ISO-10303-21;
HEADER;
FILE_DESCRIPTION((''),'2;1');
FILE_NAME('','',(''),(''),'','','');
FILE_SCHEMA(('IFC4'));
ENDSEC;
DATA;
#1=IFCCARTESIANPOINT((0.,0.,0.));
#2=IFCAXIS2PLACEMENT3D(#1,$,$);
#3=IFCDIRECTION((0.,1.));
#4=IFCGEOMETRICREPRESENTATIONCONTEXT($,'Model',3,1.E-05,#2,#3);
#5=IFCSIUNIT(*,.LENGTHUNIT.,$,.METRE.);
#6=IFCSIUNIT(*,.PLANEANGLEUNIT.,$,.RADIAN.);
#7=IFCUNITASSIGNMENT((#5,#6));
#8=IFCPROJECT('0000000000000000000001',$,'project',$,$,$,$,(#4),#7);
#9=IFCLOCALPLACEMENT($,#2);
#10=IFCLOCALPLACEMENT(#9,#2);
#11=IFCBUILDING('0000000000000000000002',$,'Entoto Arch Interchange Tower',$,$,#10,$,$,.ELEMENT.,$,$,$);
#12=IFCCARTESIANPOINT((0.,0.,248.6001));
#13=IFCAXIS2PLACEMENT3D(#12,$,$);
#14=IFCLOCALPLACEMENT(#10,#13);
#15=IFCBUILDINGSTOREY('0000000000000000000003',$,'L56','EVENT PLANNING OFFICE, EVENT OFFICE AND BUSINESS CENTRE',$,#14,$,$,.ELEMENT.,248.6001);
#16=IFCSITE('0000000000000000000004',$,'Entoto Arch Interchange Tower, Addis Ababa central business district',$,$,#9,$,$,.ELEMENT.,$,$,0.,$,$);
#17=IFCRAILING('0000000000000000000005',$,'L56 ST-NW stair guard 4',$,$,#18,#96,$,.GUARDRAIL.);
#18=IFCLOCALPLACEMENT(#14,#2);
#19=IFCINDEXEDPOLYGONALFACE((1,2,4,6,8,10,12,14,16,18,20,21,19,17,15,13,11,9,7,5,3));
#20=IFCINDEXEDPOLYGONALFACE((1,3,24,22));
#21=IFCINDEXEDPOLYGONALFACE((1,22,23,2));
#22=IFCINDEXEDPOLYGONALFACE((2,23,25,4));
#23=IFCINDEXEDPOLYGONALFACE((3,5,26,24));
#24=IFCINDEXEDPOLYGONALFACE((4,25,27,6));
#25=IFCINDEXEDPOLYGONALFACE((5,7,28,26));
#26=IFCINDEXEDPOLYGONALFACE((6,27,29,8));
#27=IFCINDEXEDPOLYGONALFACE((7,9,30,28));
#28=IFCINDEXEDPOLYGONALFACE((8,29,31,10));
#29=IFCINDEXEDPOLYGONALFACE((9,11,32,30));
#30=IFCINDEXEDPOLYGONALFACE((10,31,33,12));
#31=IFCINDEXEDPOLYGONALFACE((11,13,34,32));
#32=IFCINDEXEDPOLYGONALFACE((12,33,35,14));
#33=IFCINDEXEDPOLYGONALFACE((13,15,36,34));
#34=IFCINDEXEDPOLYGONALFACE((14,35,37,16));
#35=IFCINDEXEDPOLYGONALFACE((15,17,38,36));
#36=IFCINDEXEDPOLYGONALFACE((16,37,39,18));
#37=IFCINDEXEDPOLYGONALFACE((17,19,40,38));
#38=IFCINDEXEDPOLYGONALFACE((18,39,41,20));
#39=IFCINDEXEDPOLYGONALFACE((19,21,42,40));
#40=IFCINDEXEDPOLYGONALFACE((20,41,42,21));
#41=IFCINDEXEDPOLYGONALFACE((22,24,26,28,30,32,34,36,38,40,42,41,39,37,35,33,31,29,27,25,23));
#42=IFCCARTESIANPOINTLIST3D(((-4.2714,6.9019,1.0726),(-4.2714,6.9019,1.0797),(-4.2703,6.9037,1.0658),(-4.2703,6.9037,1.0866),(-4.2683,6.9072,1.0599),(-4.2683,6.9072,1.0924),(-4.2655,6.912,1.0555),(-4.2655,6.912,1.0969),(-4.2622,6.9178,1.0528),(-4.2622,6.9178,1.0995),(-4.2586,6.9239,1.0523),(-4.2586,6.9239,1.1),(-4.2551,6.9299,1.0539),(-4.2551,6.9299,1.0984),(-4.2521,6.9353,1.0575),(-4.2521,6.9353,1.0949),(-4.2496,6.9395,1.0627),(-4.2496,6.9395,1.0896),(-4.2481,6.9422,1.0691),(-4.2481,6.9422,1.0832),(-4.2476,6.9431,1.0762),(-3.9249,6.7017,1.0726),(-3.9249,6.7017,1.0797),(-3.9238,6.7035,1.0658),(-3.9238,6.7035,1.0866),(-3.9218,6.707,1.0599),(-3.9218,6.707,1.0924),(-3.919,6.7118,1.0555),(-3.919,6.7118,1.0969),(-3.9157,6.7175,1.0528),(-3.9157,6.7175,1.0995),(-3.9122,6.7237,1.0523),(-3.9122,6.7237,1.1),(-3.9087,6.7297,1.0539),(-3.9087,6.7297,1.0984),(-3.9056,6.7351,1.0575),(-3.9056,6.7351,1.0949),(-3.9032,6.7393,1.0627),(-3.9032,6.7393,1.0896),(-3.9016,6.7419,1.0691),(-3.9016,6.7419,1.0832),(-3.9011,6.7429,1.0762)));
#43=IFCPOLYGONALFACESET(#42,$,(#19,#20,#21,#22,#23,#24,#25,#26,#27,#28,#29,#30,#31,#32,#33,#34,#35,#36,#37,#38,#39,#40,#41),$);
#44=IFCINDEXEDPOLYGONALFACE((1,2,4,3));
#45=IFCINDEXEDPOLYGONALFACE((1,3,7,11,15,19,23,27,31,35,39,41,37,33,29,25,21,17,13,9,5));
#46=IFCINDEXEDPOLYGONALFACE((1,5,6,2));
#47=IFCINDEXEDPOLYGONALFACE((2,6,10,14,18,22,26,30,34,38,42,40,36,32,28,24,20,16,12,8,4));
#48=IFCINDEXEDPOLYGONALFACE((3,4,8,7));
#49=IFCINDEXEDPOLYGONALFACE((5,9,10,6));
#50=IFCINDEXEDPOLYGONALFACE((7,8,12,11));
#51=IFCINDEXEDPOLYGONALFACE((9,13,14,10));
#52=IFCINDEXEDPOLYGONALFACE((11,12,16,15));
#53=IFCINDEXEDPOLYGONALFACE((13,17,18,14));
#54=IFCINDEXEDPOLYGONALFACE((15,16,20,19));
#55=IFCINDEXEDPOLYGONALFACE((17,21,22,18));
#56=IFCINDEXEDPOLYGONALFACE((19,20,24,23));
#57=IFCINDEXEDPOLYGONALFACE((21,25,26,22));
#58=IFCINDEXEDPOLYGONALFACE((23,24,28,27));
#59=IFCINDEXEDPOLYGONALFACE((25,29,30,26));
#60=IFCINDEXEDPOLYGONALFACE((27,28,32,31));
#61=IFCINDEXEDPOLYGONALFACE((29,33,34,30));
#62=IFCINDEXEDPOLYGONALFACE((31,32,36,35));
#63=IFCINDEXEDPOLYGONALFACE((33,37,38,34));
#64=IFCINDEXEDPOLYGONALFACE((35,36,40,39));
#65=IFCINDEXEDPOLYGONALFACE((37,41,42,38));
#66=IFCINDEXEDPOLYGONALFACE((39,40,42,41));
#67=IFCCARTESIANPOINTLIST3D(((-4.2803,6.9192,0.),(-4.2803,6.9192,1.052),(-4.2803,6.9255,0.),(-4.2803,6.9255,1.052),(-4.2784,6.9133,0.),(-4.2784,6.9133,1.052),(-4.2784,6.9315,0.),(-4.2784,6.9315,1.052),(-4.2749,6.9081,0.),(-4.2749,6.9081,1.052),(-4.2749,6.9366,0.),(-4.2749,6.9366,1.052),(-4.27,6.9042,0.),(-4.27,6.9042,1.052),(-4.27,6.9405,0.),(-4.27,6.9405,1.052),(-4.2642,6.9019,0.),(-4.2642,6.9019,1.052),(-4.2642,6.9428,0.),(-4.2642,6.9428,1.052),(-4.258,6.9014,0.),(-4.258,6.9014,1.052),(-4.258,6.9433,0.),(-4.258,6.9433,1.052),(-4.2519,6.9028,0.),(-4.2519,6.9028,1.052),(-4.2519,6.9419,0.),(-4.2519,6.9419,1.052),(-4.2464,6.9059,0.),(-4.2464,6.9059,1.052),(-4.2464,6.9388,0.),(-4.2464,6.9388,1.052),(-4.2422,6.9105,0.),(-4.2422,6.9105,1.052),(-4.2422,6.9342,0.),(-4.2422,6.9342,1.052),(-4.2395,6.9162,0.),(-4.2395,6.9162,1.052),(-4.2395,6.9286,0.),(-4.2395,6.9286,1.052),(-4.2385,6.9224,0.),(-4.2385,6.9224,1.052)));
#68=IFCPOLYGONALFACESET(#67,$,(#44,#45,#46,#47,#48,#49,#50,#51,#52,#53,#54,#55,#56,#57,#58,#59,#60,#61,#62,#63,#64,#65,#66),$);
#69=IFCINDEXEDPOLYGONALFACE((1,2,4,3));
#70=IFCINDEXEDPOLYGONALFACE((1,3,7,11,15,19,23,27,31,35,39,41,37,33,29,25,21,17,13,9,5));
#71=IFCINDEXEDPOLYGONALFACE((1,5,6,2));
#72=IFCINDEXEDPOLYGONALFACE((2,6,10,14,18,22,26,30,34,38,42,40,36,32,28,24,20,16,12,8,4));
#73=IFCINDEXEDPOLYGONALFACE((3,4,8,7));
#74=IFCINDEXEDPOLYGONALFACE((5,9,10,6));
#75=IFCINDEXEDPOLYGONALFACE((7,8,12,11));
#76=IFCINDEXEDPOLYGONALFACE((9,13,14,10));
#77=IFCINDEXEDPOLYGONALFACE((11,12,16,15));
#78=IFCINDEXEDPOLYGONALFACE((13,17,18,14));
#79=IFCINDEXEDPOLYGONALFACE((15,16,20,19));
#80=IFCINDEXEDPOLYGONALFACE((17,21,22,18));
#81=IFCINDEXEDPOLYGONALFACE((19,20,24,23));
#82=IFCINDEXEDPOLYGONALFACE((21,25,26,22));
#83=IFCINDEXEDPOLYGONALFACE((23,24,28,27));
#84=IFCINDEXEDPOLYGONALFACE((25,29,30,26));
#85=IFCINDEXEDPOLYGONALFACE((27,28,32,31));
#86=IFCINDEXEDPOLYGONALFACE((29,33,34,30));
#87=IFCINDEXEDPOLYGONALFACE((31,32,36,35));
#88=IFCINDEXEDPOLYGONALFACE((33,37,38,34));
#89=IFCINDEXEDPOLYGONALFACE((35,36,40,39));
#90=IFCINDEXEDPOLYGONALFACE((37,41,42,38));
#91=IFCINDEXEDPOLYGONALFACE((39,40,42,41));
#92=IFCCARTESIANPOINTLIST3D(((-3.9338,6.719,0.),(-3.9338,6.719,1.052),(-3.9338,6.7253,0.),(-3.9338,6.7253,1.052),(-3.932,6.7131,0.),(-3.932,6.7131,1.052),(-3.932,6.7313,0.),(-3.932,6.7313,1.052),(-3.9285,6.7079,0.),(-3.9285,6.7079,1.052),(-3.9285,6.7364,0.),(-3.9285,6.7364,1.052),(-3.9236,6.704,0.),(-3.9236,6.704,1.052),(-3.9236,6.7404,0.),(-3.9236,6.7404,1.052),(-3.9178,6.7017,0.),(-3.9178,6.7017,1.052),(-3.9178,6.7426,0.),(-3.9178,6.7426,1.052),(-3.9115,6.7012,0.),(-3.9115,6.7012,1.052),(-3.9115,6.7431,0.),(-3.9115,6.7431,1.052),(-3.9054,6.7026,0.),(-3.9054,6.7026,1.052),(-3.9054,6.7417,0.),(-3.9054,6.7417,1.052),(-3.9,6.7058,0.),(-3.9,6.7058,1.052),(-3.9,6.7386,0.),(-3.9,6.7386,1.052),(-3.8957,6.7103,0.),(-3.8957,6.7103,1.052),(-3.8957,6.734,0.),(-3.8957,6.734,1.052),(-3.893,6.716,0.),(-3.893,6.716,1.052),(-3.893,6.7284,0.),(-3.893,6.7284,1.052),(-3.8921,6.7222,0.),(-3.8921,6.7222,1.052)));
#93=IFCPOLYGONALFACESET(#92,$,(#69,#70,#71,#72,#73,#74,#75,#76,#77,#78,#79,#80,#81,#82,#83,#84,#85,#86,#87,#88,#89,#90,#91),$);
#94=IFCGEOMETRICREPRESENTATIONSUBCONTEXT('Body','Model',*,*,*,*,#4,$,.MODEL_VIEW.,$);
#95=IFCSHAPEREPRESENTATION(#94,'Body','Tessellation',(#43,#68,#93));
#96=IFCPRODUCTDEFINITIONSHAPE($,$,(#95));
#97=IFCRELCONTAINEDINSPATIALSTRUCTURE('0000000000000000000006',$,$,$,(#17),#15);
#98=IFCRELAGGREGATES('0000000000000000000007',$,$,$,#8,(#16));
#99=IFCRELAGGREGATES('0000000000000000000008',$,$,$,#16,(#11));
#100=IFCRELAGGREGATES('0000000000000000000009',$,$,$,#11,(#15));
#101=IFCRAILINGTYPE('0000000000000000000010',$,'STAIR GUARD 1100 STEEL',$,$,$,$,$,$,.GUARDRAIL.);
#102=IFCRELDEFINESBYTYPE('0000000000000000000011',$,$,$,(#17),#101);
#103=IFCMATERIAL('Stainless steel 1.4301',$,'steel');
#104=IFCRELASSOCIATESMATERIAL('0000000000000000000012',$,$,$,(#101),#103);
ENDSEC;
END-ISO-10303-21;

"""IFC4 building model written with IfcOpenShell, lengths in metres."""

from ifc_helpers import new_model, si_unit, direction, frame, origin, origin_2d, place, context, subcontext, project, spatial, circle, extrude, material, type_object, element, save


model = new_model("IFC4")

# Units and contexts
model_context = context("Model", 3, precision=1e-05, world=origin(), true_north=direction((0.0, 1.0)))
body_context = subcontext(model_context, "Body", "Model", "MODEL_VIEW")
ifc_project = project(units=[si_unit("LENGTHUNIT", "METRE"), si_unit("PLANEANGLEUNIT", "RADIAN")], contexts=[model_context])

# Site, building, storey
site_placement = place(None, origin())
site = spatial("IfcSite", under=ifc_project, at=site_placement, Name="Entoto Arch Interchange Tower, Addis Ababa central business district", CompositionType="ELEMENT", RefElevation=0.0)
building_placement = place(site_placement, origin())
building = spatial("IfcBuilding", under=site, at=building_placement, Name="Entoto Arch Interchange Tower", CompositionType="ELEMENT")
storey_placement = place(building_placement, frame((0.0, 0.0, 248.6001)))
storey = spatial("IfcBuildingStorey", under=building, at=storey_placement, Name="L56", Description="EVENT PLANNING OFFICE, EVENT OFFICE AND BUSINESS CENTRE", CompositionType="ELEMENT", Elevation=248.6001)

# Railing
ifc_material_1 = material(Name="Stainless steel 1.4301", Category="steel")
railing_type_1 = type_object("IfcRailingType", Name="STAIR GUARD 1100 STEEL", PredefinedType="GUARDRAIL", material=ifc_material_1)
railing_1_placement = place(storey_placement, frame((-4.2595, 6.9224, 0.0)))
element("IfcRailing", 1, at=railing_1_placement, inside=storey, type_object=railing_type_1, Name="L56 ST-NW stair guard 4", PredefinedType="GUARDRAIL", context=body_context, shape_type="SweptSolid", body=[
    extrude(circle(Radius=0.0239, at=origin_2d()), frame((0.0, 0.0, 1.0762), z_axis=(0.86583, -0.500339, 0.0), x_axis=(0.500339, 0.86583, 0.0)), (0.0, 0.0, 1.0), 0.4001),
    extrude(circle(Radius=0.021, at=origin_2d()), origin(), (0.0, 0.0, 1.0), 1.052),
    extrude(circle(Radius=0.021, at=origin_2d()), frame((0.3464, -0.2002, 0.0)), (0.0, 0.0, 1.0), 1.052),
])

save(model, "model.ifc")
